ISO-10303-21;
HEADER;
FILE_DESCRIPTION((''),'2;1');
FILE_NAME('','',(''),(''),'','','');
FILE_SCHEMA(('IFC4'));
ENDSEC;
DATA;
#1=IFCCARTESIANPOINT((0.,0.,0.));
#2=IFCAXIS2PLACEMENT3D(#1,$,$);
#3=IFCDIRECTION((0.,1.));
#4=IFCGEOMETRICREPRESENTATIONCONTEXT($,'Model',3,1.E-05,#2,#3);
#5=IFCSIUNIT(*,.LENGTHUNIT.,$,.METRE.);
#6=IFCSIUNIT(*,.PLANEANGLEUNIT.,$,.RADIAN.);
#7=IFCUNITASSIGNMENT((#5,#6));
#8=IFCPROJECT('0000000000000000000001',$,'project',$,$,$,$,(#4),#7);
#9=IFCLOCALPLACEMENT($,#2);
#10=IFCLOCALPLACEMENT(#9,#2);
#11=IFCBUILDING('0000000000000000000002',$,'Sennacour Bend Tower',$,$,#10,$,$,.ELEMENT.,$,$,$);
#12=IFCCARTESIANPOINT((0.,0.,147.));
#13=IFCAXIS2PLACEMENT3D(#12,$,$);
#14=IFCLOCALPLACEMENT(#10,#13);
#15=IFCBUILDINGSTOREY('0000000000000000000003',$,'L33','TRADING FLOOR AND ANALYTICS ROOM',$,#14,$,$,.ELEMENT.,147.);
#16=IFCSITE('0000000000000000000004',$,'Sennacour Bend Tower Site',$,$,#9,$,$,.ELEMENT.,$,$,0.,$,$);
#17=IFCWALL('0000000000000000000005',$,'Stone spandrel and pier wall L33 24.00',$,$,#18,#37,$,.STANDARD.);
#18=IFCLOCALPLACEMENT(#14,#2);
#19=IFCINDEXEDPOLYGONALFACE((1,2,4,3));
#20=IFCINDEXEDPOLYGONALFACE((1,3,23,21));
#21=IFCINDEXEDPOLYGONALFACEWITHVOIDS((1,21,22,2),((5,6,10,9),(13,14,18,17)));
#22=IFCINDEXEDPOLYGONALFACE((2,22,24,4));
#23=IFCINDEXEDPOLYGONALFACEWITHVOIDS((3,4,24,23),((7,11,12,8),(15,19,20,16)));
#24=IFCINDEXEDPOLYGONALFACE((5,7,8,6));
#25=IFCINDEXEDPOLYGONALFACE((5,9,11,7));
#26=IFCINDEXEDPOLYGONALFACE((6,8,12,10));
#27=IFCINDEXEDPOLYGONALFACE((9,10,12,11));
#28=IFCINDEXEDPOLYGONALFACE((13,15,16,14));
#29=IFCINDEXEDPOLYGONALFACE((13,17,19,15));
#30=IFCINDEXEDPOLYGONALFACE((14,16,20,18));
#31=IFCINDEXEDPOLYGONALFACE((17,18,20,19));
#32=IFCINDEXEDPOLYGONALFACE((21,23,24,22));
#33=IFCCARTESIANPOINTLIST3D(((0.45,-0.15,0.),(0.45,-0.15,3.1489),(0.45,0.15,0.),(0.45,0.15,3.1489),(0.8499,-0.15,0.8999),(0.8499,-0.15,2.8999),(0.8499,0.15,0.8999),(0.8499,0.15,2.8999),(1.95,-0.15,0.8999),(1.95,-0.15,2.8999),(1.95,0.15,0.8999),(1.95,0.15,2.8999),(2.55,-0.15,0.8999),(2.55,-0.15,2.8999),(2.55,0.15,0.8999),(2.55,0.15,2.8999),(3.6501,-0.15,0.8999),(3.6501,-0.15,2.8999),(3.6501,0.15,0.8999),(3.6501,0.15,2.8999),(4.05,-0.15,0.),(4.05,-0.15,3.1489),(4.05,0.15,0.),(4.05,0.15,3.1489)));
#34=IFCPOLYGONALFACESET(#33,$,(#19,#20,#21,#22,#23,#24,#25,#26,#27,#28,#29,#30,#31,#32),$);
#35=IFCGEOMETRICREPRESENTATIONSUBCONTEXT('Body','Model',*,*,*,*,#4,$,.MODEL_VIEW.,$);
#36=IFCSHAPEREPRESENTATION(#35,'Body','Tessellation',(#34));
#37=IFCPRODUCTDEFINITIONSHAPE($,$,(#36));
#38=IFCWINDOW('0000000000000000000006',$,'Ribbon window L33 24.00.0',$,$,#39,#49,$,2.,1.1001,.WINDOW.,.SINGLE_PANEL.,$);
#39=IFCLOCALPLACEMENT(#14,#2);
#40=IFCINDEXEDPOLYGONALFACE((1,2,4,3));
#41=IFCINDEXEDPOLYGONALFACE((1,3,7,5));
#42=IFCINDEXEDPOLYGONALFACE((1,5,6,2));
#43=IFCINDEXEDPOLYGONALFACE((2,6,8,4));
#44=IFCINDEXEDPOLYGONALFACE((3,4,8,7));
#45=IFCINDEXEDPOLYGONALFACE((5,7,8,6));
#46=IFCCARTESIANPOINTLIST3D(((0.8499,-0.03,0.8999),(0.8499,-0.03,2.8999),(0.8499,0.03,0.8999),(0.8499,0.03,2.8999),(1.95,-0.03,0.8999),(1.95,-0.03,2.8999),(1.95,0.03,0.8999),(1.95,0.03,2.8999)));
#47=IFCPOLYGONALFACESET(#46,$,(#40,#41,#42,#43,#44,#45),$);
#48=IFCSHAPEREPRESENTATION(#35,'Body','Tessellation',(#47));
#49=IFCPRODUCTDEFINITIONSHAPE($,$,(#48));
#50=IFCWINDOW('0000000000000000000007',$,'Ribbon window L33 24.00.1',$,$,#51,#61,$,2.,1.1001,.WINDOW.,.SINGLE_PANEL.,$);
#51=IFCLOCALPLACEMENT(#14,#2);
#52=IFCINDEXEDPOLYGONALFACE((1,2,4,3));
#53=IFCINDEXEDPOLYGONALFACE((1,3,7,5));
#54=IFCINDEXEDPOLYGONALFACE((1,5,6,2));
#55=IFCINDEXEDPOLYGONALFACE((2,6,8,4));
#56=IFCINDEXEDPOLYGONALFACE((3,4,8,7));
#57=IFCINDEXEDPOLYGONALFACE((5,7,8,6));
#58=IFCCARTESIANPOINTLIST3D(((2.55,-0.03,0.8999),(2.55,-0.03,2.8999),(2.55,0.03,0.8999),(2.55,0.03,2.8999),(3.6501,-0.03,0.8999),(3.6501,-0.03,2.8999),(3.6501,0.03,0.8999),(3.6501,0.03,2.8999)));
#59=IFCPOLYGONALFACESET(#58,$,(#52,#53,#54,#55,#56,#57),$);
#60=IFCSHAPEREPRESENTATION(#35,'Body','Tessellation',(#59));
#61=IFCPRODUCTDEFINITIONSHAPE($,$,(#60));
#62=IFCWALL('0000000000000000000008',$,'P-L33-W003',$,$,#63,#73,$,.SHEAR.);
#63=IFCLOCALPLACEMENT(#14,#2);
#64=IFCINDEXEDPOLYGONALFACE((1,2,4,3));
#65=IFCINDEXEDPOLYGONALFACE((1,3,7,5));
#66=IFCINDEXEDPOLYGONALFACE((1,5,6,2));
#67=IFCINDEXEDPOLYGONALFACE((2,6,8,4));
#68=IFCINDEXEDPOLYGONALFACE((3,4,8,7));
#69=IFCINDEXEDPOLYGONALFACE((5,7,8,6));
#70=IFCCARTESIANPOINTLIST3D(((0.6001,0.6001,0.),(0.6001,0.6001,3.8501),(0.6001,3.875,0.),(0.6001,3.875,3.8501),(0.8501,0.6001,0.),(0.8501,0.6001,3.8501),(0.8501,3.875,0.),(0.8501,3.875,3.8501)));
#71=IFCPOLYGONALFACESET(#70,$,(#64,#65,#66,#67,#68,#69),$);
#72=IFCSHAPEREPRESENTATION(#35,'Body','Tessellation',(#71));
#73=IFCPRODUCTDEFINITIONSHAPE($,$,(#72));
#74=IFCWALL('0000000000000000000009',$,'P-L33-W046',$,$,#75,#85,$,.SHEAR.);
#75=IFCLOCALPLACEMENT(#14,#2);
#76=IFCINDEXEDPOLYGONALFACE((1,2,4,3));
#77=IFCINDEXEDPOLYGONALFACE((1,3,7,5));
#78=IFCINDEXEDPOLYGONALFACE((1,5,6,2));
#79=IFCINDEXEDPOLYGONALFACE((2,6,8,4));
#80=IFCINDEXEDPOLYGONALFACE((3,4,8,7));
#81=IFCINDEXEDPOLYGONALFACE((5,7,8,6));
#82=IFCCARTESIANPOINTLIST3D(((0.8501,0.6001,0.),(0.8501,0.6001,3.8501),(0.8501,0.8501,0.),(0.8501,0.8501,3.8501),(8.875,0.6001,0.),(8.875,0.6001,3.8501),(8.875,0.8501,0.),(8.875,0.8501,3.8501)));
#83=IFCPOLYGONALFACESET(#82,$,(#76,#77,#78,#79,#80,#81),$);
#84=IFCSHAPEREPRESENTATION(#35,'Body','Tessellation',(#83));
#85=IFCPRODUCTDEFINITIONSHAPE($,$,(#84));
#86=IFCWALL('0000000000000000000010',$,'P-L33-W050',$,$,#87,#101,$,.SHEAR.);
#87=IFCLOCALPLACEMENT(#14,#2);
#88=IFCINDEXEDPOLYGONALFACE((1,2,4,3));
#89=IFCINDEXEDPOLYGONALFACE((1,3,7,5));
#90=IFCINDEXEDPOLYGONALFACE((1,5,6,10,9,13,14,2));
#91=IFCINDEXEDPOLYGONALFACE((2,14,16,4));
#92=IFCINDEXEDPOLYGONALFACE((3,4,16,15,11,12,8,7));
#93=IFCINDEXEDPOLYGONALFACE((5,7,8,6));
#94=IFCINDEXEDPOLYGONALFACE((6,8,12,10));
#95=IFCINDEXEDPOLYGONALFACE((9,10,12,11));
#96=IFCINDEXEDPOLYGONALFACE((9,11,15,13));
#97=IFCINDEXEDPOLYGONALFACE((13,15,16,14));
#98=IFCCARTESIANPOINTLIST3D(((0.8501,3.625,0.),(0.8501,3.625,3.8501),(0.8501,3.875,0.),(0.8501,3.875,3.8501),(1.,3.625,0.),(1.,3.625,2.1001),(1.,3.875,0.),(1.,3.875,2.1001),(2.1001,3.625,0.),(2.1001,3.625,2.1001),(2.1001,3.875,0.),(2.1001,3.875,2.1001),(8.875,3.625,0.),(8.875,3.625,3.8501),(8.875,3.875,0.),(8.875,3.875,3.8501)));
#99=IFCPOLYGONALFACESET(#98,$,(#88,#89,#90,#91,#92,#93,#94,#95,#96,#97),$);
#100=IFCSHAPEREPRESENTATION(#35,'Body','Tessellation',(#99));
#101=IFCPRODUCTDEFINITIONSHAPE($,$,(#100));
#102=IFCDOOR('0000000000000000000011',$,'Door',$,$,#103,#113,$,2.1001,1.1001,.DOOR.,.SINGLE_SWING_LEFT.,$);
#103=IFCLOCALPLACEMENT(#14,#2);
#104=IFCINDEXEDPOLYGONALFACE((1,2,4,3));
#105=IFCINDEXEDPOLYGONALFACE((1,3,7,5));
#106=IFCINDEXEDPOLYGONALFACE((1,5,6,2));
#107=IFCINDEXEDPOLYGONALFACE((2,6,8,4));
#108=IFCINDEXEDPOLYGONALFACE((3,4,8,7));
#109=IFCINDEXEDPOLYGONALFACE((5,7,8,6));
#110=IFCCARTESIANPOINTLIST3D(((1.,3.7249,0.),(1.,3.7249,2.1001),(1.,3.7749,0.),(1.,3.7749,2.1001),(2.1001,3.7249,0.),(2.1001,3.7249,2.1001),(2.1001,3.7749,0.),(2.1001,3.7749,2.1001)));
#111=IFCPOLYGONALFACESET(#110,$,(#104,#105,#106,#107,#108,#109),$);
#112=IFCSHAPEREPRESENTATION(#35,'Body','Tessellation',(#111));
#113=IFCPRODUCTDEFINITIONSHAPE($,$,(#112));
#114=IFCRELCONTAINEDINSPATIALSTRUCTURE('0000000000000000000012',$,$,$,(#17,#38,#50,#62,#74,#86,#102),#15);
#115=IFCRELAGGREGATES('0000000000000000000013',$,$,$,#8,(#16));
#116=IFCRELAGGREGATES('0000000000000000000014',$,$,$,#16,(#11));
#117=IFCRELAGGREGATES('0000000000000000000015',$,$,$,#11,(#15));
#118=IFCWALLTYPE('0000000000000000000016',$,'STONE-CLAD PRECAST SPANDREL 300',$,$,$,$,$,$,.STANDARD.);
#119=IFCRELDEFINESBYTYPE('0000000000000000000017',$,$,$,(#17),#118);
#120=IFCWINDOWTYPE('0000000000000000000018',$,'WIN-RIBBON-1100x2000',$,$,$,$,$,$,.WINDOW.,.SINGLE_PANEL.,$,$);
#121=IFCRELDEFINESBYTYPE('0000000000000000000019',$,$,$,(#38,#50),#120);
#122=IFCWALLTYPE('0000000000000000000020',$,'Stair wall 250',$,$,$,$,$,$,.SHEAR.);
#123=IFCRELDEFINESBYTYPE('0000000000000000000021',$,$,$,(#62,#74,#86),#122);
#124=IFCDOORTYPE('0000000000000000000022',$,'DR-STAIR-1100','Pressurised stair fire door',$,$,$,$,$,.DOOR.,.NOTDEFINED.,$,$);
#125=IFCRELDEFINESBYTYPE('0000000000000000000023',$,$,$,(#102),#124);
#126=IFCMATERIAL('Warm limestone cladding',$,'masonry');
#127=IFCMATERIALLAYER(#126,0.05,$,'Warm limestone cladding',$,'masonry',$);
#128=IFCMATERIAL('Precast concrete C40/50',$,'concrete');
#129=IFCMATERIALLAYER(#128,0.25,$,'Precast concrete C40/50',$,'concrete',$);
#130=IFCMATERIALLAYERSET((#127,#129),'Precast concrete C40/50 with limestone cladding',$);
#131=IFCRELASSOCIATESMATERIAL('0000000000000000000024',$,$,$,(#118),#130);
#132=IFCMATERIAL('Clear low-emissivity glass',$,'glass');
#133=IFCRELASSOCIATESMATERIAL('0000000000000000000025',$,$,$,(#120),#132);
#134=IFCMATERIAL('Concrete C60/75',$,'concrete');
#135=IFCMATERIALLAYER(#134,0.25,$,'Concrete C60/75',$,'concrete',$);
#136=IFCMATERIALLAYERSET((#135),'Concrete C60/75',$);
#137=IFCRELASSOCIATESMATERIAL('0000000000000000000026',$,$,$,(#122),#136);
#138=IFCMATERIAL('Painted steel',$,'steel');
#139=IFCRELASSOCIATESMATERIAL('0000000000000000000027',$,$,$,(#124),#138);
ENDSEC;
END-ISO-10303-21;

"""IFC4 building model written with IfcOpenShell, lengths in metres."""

from ifc_helpers import new_model, si_unit, direction, frame, frame_2d, origin, place, context, subcontext, project, spatial, rectangle, extrude, material, layer, layer_set, type_object, element, fill, save


model = new_model("IFC4")

# Units and contexts
model_context = context("Model", 3, precision=1e-05, world=origin(), true_north=direction((0.0, 1.0)))
body_context = subcontext(model_context, "Body", "Model", "MODEL_VIEW")
ifc_project = project(units=[si_unit("LENGTHUNIT", "METRE"), si_unit("PLANEANGLEUNIT", "RADIAN")], contexts=[model_context])

# Site, building, storey
site_placement = place(None, origin())
site = spatial("IfcSite", under=ifc_project, at=site_placement, Name="Sennacour Bend Tower Site", CompositionType="ELEMENT", RefElevation=0.0)
building_placement = place(site_placement, origin())
building = spatial("IfcBuilding", under=site, at=building_placement, Name="Sennacour Bend Tower", CompositionType="ELEMENT")
storey_placement = place(building_placement, frame((0.0, 0.0, 147.0)))
storey = spatial("IfcBuildingStorey", under=building, at=storey_placement, Name="L33", Description="TRADING FLOOR AND ANALYTICS ROOM", CompositionType="ELEMENT", Elevation=147.0)

# Shared definitions
ifc_material_1 = material(Name="Painted steel", Category="steel")

# Wall, openings, windows
ifc_material_2 = material(Name="Warm limestone cladding", Category="masonry")
ifc_layer_1 = layer(ifc_material_2, 0.05, Name="Warm limestone cladding", Category="masonry")
ifc_material_3 = material(Name="Precast concrete C40/50", Category="concrete")
ifc_layer_2 = layer(ifc_material_3, 0.25, Name="Precast concrete C40/50", Category="concrete")
ifc_layer_set_1 = layer_set([ifc_layer_1, ifc_layer_2], Name="Precast concrete C40/50 with limestone cladding")
wall_type_1 = type_object("IfcWallType", Name="STONE-CLAD PRECAST SPANDREL 300", PredefinedType="STANDARD", material=ifc_layer_set_1)
ifc_material_4 = material(Name="Clear low-emissivity glass", Category="glass")
window_type = type_object("IfcWindowType", Name="WIN-RIBBON-1100x2000", PartitioningType="SINGLE_PANEL", PredefinedType="WINDOW", material=ifc_material_4)
wall_1_placement = place(storey_placement, frame((0.45, 0.0, 0.0), z_axis=(0.0, 0.0, 1.0), x_axis=(1.0, 0.0, 0.0)))
wall_1 = element("IfcWall", 1, at=wall_1_placement, inside=storey, type_object=wall_type_1, Name="Stone spandrel and pier wall L33 24.00", PredefinedType="STANDARD", context=body_context, shape_type="SweptSolid", body=[
    extrude(rectangle(XDim=3.6001, YDim=0.3, at=frame_2d((1.8, 0.0))), origin(), (0.0, 0.0, 1.0), 3.1489),
])
opening_1_placement = place(wall_1_placement, frame((0.3999, 0.0, 0.8999)))
opening_1 = element("IfcOpeningElement", 2, at=opening_1_placement, cuts=wall_1, PredefinedType="OPENING", context=body_context, shape_type="SweptSolid", body=[
    extrude(rectangle(XDim=1.1001, YDim=2.0, at=frame_2d((0.55, 1.0))), frame((0.0, 0.1602, 0.0), z_axis=(0.0, -1.0, 0.0), x_axis=(1.0, 0.0, 0.0)), (0.0, 0.0, 1.0), 0.3201),
])
opening_2_placement = place(wall_1_placement, frame((2.1001, 0.0, 0.8999)))
opening_2 = element("IfcOpeningElement", 3, at=opening_2_placement, cuts=wall_1, PredefinedType="OPENING", context=body_context, shape_type="SweptSolid", body=[
    extrude(rectangle(XDim=1.1001, YDim=2.0, at=frame_2d((0.55, 1.0))), frame((0.0, 0.1602, 0.0), z_axis=(0.0, -1.0, 0.0), x_axis=(1.0, 0.0, 0.0)), (0.0, 0.0, 1.0), 0.3201),
])
window_1_placement = place(opening_1_placement, origin())
window_1 = element("IfcWindow", 4, at=window_1_placement, inside=storey, type_object=window_type, Name="Ribbon window L33 24.00.0", OverallHeight=2.0, OverallWidth=1.1001, PartitioningType="SINGLE_PANEL", PredefinedType="WINDOW", context=body_context, shape_type="SweptSolid", body=[
    extrude(rectangle(XDim=1.1001, YDim=2.0, at=frame_2d((0.55, 1.0))), frame((0.0, 0.03, 0.0), z_axis=(0.0, -1.0, 0.0), x_axis=(1.0, 0.0, 0.0)), (0.0, 0.0, 1.0), 0.0601),
])
fill(opening_1, window_1)
window_2_placement = place(opening_2_placement, origin())
window_2 = element("IfcWindow", 5, at=window_2_placement, inside=storey, type_object=window_type, Name="Ribbon window L33 24.00.1", OverallHeight=2.0, OverallWidth=1.1001, PartitioningType="SINGLE_PANEL", PredefinedType="WINDOW", context=body_context, shape_type="SweptSolid", body=[
    extrude(rectangle(XDim=1.1001, YDim=2.0, at=frame_2d((0.55, 1.0))), frame((0.0, 0.03, 0.0), z_axis=(0.0, -1.0, 0.0), x_axis=(1.0, 0.0, 0.0)), (0.0, 0.0, 1.0), 0.0601),
])
fill(opening_2, window_2)

# Walls
ifc_material_5 = material(Name="Concrete C60/75", Category="concrete")
ifc_layer_3 = layer(ifc_material_5, 0.25, Name="Concrete C60/75", Category="concrete")
ifc_layer_set_2 = layer_set([ifc_layer_3], Name="Concrete C60/75")
wall_type_2 = type_object("IfcWallType", Name="Stair wall 250", PredefinedType="SHEAR", material=ifc_layer_set_2)
wall_2_placement = place(storey_placement, frame((0.7251, 0.6001, 0.0), z_axis=(0.0, 0.0, 1.0), x_axis=(0.0, 1.0, 0.0)))
element("IfcWall", 6, at=wall_2_placement, inside=storey, type_object=wall_type_2, Name="P-L33-W003", PredefinedType="SHEAR", context=body_context, shape_type="SweptSolid", body=[
    extrude(rectangle(XDim=3.2749, YDim=0.25, at=frame_2d((1.6375, 0.0))), origin(), (0.0, 0.0, 1.0), 3.8501),
])
wall_3_placement = place(storey_placement, frame((0.8501, 0.7251, 0.0), z_axis=(0.0, 0.0, 1.0), x_axis=(1.0, 0.0, 0.0)))
element("IfcWall", 7, at=wall_3_placement, inside=storey, type_object=wall_type_2, Name="P-L33-W046", PredefinedType="SHEAR", context=body_context, shape_type="SweptSolid", body=[
    extrude(rectangle(XDim=8.0249, YDim=0.25, at=frame_2d((4.0125, 0.0))), origin(), (0.0, 0.0, 1.0), 3.8501),
])

# Wall, opening, door
wall_4_placement = place(storey_placement, frame((0.8501, 3.75, 0.0), z_axis=(0.0, 0.0, 1.0), x_axis=(1.0, 0.0, 0.0)))
wall_4 = element("IfcWall", 8, at=wall_4_placement, inside=storey, type_object=wall_type_2, Name="P-L33-W050", PredefinedType="SHEAR", context=body_context, shape_type="SweptSolid", body=[
    extrude(rectangle(XDim=8.0249, YDim=0.25, at=frame_2d((4.0125, 0.0))), origin(), (0.0, 0.0, 1.0), 3.8501),
])
opening_3_placement = place(wall_4_placement, frame((0.1499, 0.0, 0.0)))
opening_3 = element("IfcOpeningElement", 9, at=opening_3_placement, cuts=wall_4, PredefinedType="OPENING", context=body_context, shape_type="SweptSolid", body=[
    extrude(rectangle(XDim=1.1001, YDim=2.1001, at=frame_2d((0.55, 1.05))), frame((0.0, 0.135, 0.0), z_axis=(0.0, -1.0, 0.0), x_axis=(1.0, 0.0, 0.0)), (0.0, 0.0, 1.0), 0.27),
])
door_type_1 = type_object("IfcDoorType", Name="DR-STAIR-1100", Description="Pressurised stair fire door", OperationType="NOTDEFINED", PredefinedType="DOOR", material=ifc_material_1)
door_1_placement = place(opening_3_placement, origin())
door_1 = element("IfcDoor", 10, at=door_1_placement, inside=storey, type_object=door_type_1, Name="Door", OperationType="SINGLE_SWING_LEFT", OverallHeight=2.1001, OverallWidth=1.1001, PredefinedType="DOOR", context=body_context, shape_type="SweptSolid", body=[
    extrude(rectangle(XDim=1.1001, YDim=2.1001, at=frame_2d((0.55, 1.05))), frame((0.0, 0.0249, 0.0), z_axis=(0.0, -1.0, 0.0), x_axis=(1.0, 0.0, 0.0)), (0.0, 0.0, 1.0), 0.05),
])
fill(opening_3, door_1)

save(model, "model.ifc")
